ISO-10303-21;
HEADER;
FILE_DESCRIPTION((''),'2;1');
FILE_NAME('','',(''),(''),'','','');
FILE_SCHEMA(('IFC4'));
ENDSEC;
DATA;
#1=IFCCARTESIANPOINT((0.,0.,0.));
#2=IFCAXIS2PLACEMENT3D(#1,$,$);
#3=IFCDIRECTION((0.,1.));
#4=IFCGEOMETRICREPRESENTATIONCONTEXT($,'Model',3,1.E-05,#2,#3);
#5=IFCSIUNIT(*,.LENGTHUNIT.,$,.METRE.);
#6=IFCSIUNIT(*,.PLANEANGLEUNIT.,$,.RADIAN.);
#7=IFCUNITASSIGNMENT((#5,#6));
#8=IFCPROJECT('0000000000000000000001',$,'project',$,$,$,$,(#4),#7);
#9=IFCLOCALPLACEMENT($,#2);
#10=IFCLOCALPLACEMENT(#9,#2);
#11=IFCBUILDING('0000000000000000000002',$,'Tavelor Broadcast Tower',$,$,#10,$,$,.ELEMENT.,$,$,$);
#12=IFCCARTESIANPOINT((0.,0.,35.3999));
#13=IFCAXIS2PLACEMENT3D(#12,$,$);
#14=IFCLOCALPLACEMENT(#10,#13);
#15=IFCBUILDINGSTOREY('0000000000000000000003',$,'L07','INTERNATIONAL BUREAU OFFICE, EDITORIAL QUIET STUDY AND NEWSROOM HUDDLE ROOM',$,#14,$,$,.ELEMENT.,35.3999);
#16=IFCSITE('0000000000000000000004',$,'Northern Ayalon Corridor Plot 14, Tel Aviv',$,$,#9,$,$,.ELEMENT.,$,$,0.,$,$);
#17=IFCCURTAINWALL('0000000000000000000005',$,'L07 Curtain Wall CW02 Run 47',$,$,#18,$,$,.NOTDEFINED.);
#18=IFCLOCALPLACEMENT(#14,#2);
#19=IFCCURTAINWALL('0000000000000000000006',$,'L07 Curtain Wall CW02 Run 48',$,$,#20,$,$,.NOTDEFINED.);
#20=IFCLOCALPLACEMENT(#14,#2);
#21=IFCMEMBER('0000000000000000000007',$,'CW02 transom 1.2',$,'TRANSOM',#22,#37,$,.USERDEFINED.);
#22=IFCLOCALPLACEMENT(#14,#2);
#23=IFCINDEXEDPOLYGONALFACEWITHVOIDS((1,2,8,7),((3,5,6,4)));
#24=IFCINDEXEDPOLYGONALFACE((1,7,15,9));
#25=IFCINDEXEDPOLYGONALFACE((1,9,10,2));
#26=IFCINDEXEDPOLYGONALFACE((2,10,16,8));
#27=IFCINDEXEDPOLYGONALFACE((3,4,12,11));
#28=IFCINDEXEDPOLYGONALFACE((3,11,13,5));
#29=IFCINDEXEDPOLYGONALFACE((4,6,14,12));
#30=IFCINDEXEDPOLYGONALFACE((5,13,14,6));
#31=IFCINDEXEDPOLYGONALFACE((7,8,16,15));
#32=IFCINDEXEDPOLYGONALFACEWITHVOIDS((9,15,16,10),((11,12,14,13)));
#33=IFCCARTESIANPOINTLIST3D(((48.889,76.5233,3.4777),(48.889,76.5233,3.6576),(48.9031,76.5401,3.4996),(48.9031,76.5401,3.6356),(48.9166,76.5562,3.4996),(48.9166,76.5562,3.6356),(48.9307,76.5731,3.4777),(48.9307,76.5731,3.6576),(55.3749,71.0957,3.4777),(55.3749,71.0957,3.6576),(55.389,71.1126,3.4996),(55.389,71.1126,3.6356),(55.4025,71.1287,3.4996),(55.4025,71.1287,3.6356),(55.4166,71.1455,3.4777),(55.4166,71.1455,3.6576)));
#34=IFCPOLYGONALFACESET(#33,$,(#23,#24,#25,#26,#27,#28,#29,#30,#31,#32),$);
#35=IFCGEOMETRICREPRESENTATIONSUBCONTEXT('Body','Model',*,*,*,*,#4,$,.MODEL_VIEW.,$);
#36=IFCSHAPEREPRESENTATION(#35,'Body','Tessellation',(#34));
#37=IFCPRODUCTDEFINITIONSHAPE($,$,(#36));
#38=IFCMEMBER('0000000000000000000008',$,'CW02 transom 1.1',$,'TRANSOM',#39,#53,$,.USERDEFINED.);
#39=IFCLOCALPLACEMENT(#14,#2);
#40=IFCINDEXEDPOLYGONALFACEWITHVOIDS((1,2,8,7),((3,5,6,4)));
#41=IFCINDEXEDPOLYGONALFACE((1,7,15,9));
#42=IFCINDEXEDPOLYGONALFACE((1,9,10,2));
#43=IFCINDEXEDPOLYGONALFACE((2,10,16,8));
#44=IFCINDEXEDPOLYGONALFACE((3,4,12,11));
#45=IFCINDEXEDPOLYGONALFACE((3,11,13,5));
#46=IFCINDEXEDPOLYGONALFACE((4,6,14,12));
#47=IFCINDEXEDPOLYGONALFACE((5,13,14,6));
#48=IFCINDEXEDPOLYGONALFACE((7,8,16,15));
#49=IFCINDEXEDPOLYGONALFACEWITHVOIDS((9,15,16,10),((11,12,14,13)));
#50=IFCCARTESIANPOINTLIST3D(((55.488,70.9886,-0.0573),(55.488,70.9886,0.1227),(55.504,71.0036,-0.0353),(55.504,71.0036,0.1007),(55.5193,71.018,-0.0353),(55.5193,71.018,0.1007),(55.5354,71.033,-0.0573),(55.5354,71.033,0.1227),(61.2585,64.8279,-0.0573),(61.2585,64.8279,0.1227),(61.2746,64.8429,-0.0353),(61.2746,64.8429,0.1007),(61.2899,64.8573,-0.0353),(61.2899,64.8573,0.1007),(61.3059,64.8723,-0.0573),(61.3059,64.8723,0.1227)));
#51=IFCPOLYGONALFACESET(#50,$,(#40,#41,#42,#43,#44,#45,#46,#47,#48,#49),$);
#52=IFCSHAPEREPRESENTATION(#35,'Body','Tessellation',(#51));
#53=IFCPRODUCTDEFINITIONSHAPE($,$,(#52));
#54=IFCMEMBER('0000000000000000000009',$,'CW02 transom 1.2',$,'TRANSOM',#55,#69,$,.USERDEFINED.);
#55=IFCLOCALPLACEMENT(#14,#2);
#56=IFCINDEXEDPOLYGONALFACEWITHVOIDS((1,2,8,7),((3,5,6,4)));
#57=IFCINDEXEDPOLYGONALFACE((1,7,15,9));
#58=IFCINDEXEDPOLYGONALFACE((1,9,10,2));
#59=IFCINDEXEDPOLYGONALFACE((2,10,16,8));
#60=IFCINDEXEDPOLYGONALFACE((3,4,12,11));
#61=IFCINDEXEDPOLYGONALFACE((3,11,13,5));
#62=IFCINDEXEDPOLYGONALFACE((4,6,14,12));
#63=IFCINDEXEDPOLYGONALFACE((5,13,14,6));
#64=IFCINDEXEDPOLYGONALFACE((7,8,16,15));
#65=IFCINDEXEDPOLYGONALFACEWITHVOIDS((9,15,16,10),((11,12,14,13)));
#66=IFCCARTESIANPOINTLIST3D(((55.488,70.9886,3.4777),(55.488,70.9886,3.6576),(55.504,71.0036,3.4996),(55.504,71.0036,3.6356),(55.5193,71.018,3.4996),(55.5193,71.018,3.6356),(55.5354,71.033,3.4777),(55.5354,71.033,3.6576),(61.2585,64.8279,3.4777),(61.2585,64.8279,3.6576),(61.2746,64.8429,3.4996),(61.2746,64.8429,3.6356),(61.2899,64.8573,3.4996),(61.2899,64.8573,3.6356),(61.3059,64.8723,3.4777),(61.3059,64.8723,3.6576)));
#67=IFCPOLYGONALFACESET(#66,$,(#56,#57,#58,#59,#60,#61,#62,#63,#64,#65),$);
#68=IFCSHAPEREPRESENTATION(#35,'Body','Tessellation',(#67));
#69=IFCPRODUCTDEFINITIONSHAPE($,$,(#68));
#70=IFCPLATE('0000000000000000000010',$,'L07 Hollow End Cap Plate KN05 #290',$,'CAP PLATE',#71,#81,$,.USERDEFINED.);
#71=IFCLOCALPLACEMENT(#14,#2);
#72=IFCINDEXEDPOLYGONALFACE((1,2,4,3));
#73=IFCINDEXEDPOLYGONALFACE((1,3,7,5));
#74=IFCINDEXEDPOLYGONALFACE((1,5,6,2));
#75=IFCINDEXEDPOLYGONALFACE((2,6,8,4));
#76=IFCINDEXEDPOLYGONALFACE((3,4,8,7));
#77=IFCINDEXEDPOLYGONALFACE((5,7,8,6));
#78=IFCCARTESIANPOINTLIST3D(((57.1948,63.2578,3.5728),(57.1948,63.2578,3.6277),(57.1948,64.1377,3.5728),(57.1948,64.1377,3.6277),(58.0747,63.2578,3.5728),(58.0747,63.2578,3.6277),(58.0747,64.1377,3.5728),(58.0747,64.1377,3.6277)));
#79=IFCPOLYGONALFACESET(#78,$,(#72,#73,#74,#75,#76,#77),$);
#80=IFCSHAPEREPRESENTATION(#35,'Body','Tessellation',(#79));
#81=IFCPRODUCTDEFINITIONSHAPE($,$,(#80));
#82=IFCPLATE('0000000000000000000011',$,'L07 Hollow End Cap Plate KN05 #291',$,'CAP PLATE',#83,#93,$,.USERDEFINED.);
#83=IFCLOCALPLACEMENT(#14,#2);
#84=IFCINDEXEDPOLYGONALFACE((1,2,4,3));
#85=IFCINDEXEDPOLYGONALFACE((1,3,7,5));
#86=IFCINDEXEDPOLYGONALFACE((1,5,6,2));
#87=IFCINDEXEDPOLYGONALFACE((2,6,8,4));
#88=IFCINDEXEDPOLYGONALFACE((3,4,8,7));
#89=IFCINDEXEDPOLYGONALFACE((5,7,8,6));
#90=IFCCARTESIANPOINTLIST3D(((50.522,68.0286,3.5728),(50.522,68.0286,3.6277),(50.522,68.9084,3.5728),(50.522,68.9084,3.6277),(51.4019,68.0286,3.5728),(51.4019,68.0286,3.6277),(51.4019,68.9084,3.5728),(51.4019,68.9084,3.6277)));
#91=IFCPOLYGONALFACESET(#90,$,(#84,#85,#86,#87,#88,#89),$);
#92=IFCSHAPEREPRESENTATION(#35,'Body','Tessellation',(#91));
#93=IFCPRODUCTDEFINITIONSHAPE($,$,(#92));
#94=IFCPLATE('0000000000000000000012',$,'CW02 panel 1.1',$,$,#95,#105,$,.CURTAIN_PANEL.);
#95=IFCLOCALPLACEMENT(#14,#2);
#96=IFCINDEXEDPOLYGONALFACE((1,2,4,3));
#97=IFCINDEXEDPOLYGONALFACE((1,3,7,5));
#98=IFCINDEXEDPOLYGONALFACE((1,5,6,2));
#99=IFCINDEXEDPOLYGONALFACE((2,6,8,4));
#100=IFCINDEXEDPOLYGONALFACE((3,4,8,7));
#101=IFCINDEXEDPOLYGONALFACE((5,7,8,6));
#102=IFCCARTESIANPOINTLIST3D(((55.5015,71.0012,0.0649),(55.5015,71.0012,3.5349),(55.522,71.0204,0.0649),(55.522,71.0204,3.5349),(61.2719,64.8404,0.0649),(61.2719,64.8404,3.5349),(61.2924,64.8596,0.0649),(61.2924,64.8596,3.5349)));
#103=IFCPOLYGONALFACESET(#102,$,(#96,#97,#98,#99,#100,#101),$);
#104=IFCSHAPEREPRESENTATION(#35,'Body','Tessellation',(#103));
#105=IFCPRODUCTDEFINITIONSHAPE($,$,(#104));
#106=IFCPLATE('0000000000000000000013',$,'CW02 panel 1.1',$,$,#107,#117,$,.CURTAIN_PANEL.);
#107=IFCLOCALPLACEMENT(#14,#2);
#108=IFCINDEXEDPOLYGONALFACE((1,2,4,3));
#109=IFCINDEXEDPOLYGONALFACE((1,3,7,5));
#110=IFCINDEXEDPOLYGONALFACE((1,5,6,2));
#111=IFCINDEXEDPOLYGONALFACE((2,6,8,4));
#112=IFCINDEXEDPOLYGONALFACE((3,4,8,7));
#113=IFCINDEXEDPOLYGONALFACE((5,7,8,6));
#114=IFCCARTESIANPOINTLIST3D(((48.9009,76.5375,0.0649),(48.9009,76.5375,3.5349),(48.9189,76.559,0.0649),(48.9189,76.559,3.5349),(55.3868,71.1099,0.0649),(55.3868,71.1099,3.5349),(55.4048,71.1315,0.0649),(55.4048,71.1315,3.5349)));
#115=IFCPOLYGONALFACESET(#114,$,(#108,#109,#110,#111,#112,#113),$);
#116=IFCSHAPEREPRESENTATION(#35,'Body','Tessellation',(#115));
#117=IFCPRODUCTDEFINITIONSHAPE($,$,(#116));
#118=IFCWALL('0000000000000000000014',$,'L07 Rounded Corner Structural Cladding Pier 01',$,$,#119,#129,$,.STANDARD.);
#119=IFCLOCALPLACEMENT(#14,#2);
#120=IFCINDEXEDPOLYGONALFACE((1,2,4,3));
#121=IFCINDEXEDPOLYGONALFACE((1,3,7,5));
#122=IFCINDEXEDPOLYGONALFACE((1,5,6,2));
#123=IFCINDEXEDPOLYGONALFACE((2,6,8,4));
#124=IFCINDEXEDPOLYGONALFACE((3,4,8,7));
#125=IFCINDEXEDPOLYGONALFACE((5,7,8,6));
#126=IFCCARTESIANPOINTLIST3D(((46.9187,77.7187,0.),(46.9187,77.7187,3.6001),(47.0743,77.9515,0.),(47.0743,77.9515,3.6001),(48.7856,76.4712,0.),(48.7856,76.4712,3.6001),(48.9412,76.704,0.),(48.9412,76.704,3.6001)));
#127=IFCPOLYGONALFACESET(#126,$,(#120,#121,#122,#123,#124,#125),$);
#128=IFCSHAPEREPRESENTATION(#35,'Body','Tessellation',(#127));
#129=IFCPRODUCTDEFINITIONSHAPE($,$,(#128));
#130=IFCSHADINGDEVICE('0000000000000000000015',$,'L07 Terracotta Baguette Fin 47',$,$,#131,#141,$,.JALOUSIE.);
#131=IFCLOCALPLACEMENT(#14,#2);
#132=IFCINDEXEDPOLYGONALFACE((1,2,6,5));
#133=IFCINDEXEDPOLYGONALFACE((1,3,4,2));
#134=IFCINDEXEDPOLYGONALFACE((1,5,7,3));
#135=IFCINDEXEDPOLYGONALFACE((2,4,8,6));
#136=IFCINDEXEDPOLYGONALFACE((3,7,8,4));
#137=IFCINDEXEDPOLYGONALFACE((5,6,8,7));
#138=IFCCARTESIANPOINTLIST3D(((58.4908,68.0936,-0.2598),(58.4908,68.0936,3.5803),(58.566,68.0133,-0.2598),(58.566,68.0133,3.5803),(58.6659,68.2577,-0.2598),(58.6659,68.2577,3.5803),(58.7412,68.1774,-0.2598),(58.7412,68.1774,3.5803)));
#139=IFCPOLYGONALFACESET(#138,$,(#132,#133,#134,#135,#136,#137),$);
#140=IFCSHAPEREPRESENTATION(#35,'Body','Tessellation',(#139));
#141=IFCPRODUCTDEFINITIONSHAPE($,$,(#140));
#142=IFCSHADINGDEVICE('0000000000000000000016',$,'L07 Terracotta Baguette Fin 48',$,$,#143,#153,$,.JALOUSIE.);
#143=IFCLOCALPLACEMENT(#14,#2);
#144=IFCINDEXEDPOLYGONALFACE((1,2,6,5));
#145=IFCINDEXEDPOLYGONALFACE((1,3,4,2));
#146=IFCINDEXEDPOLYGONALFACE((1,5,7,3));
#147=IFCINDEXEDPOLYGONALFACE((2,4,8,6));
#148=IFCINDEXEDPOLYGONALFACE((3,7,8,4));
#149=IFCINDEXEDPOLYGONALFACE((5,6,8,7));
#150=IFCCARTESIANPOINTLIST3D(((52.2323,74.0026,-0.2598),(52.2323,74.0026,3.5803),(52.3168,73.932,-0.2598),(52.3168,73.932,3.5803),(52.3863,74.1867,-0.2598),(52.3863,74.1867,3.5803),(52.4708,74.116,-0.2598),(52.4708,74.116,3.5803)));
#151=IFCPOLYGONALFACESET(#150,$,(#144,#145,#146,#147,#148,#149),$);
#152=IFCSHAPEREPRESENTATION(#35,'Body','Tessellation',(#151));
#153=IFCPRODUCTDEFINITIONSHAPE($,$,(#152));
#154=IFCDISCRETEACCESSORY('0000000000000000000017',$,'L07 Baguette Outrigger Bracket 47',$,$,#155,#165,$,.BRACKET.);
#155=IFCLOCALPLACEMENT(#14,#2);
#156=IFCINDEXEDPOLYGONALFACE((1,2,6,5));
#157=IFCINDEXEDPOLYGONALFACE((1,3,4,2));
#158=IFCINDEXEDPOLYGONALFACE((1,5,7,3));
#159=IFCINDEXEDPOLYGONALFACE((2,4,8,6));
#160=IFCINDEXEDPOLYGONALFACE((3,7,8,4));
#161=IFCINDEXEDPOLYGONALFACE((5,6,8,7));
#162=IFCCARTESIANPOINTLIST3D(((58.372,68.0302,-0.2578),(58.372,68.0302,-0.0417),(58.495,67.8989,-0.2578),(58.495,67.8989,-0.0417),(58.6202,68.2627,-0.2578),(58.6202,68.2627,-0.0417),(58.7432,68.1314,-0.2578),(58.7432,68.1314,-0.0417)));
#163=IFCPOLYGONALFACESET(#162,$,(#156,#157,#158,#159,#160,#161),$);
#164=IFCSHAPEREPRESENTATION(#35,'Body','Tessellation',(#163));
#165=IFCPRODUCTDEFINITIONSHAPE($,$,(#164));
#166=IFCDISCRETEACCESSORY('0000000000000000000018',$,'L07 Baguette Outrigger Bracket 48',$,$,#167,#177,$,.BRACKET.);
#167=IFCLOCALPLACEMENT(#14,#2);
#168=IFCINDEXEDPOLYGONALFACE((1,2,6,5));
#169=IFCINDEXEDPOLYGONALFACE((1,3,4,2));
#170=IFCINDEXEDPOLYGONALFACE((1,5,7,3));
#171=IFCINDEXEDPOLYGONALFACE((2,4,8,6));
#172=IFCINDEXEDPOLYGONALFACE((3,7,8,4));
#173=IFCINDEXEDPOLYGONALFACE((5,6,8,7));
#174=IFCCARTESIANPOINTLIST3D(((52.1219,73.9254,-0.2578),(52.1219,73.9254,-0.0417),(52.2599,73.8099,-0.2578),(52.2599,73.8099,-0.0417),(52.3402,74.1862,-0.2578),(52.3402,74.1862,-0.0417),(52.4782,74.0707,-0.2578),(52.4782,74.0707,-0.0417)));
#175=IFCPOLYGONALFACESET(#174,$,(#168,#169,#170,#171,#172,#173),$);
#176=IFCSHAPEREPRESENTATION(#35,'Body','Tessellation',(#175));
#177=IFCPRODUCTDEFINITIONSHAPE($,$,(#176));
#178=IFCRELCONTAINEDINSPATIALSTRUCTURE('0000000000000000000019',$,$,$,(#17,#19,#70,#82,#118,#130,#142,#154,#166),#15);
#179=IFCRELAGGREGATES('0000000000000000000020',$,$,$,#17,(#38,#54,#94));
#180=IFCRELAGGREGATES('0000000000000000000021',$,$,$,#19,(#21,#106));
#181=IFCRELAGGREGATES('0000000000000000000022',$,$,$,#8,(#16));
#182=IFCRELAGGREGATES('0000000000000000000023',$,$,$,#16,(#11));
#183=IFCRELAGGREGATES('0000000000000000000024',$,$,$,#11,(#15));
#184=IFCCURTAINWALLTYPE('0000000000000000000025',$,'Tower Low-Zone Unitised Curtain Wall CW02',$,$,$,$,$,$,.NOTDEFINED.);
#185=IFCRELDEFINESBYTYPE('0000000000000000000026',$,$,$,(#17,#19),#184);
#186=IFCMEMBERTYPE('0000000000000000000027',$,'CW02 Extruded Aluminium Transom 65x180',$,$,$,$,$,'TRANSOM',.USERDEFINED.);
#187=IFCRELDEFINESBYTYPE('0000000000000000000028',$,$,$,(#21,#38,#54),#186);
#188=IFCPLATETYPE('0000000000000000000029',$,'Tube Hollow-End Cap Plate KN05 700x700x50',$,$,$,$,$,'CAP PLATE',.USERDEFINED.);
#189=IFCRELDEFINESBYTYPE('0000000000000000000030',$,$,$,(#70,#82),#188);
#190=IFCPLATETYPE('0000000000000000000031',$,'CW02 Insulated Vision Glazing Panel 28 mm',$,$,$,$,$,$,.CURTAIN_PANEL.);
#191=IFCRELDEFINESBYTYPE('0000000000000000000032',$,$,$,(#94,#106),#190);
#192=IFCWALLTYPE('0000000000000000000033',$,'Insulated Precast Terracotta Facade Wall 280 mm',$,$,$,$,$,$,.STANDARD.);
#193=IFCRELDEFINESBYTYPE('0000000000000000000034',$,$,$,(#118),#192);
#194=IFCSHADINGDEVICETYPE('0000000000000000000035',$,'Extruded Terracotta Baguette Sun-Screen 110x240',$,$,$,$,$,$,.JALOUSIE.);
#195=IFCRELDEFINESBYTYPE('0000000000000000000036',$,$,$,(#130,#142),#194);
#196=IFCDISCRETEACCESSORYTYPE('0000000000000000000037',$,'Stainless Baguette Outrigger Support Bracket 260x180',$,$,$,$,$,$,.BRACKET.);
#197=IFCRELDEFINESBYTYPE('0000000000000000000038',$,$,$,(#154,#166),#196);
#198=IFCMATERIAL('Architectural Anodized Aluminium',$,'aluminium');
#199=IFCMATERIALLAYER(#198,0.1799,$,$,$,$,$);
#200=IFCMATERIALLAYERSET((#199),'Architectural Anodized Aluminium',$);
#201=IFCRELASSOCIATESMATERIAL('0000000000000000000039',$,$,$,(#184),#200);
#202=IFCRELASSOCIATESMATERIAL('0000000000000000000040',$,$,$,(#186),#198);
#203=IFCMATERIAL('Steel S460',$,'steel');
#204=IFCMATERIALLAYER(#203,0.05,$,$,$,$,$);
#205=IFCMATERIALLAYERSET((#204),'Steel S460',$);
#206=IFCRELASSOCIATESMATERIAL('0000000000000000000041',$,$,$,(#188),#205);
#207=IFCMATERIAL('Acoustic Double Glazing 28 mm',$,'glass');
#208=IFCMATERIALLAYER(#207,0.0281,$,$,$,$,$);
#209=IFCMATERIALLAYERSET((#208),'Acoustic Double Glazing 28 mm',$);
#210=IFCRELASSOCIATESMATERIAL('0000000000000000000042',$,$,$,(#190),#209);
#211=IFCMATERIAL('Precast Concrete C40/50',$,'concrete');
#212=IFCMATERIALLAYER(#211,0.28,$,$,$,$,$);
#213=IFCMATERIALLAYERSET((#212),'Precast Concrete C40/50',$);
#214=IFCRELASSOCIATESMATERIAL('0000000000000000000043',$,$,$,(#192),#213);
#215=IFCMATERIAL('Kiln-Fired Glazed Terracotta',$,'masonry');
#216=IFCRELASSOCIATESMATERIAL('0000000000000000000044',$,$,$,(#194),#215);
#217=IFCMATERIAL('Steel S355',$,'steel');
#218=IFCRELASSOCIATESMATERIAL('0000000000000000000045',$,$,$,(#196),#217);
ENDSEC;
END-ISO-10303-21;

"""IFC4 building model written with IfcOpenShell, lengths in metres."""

from ifc_helpers import new_model, si_unit, direction, frame, frame_2d, origin, origin_2d, place, context, subcontext, project, spatial, rectangle, hollow_rectangle, extrude, source, transform, mapped, material, layer, layer_set, material_profile, profile_set, type_object, type_shapes, element, aggregate, save


model = new_model("IFC4")

# Units and contexts
model_context = context("Model", 3, precision=1e-05, world=origin(), true_north=direction((0.0, 1.0)))
body_context = subcontext(model_context, "Body", "Model", "MODEL_VIEW")
ifc_project = project(units=[si_unit("LENGTHUNIT", "METRE"), si_unit("PLANEANGLEUNIT", "RADIAN")], contexts=[model_context])

# Site, building, storey
site_placement = place(None, origin())
site = spatial("IfcSite", under=ifc_project, at=site_placement, Name="Northern Ayalon Corridor Plot 14, Tel Aviv", CompositionType="ELEMENT", RefElevation=0.0)
building_placement = place(site_placement, origin())
building = spatial("IfcBuilding", under=site, at=building_placement, Name="Tavelor Broadcast Tower", CompositionType="ELEMENT")
storey_placement = place(building_placement, frame((0.0, 0.0, 35.3999)))
storey = spatial("IfcBuildingStorey", under=building, at=storey_placement, Name="L07", Description="INTERNATIONAL BUREAU OFFICE, EDITORIAL QUIET STUDY AND NEWSROOM HUDDLE ROOM", CompositionType="ELEMENT", Elevation=35.3999)

# Shared definitions
ifc_material_1 = material(Name="Steel S460", Category="steel")

# Shared definitions
ifc_material_2 = material(Name="Steel S355", Category="steel")

# Shared definitions
ifc_material_3 = material(Name="Architectural Anodized Aluminium", Category="aluminium")
ifc_layer_1 = layer(ifc_material_3, 0.1799)
ifc_layer_set_1 = layer_set([ifc_layer_1], Name="Architectural Anodized Aluminium")
curtain_wall_type = type_object("IfcCurtainWallType", Name="Tower Low-Zone Unitised Curtain Wall CW02", PredefinedType="NOTDEFINED", material=ifc_layer_set_1)

# Curtain walls, member
curtain_wall_1_placement = place(storey_placement, origin())
curtain_wall_1 = element("IfcCurtainWall", 1, at=curtain_wall_1_placement, inside=storey, type_object=curtain_wall_type, Name="L07 Curtain Wall CW02 Run 47", PredefinedType="NOTDEFINED")
curtain_wall_2_placement = place(storey_placement, origin())
curtain_wall_2 = element("IfcCurtainWall", 2, at=curtain_wall_2_placement, inside=storey, type_object=curtain_wall_type, Name="L07 Curtain Wall CW02 Run 48", PredefinedType="NOTDEFINED")
ifc_material_profile_1 = material_profile(ifc_material_3, hollow_rectangle(XDim=0.0649, YDim=0.1799, WallThickness=0.022, at=origin_2d()), Name="RHS 65x180x22")
ifc_profile_set_1 = profile_set([ifc_material_profile_1], Name="Architectural Anodized Aluminium")
member_type_1 = type_object("IfcMemberType", Name="CW02 Extruded Aluminium Transom 65x180", ElementType="TRANSOM", PredefinedType="USERDEFINED", material=ifc_profile_set_1)
shared_shape_1 = source(origin(), body_context, "Body", "SweptSolid", [
    extrude(hollow_rectangle(XDim=0.0649, YDim=0.1799, WallThickness=0.022, at=origin_2d()), origin(), (0.0, 0.0, 1.0), 8.4573),
])
member_1_placement = place(storey_placement, frame((55.3958, 71.1206, 3.5676), z_axis=(-0.766904, 0.641762, 0.0), x_axis=(-0.641762, -0.766904, 0.0)))
member_1 = element("IfcMember", 3, at=member_1_placement, type_object=member_type_1, Name="CW02 transom 1.2", ObjectType="TRANSOM", PredefinedType="USERDEFINED", context=body_context, shape_type="MappedRepresentation", body=[
    mapped(shared_shape_1, transform((0.0, 0.0, 0.0), scale=1.0)),
])

# Members
shared_shape_2 = source(origin(), body_context, "Body", "SweptSolid", [
    extrude(hollow_rectangle(XDim=0.0649, YDim=0.1799, WallThickness=0.022, at=origin_2d()), origin(), (0.0, 0.0, 1.0), 8.4412),
])
type_shapes(member_type_1, [shared_shape_1, shared_shape_2])
member_2_placement = place(storey_placement, frame((61.2822, 64.8501, 0.0327), z_axis=(-0.68362, 0.729838, 0.0), x_axis=(-0.729838, -0.68362, 0.0)))
member_2 = element("IfcMember", 4, at=member_2_placement, type_object=member_type_1, Name="CW02 transom 1.1", ObjectType="TRANSOM", PredefinedType="USERDEFINED", context=body_context, shape_type="MappedRepresentation", body=[
    mapped(shared_shape_2, transform((0.0, 0.0, 0.0), scale=1.0)),
])
member_3_placement = place(storey_placement, frame((61.2822, 64.8501, 3.5676), z_axis=(-0.68362, 0.729838, 0.0), x_axis=(-0.729838, -0.68362, 0.0)))
member_3 = element("IfcMember", 5, at=member_3_placement, type_object=member_type_1, Name="CW02 transom 1.2", ObjectType="TRANSOM", PredefinedType="USERDEFINED", context=body_context, shape_type="MappedRepresentation", body=[
    mapped(shared_shape_2, transform((0.0, 0.0, 0.0), scale=1.0)),
])

# Plates
ifc_layer_2 = layer(ifc_material_1, 0.05)
ifc_layer_set_2 = layer_set([ifc_layer_2], Name="Steel S460")
plate_type_1 = type_object("IfcPlateType", Name="Tube Hollow-End Cap Plate KN05 700x700x50", ElementType="CAP PLATE", PredefinedType="USERDEFINED", material=ifc_layer_set_2)
shared_shape_3 = source(origin(), body_context, "Body", "SweptSolid", [
    extrude(rectangle(XDim=0.8799, YDim=0.8799, at=origin_2d()), origin(), (0.0, 0.0, 1.0), 0.0549),
])
type_shapes(plate_type_1, [shared_shape_3])
for number, where, z_axis, x_axis, name in (
    (6, (57.6348, 63.6978, 3.5728), (0.0, 0.0, 1.0), (1.0, 0.0, 0.0), "L07 Hollow End Cap Plate KN05 #290"),
    (7, (50.9619, 68.4685, 3.5728), (0.0, 0.0, 1.0), (1.0, 0.0, 0.0), "L07 Hollow End Cap Plate KN05 #291"),
):
    element("IfcPlate", number, at=place(storey_placement, frame(where, z_axis=z_axis, x_axis=x_axis)), inside=storey, type_object=plate_type_1, Name=name, ObjectType="CAP PLATE", PredefinedType="USERDEFINED", context=body_context, shape_type="MappedRepresentation", body=[
        mapped(shared_shape_3, transform((0.0, 0.0, 0.0), scale=1.0)),
    ])

# Plates
ifc_material_4 = material(Name="Acoustic Double Glazing 28 mm", Category="glass")
ifc_layer_3 = layer(ifc_material_4, 0.0281)
ifc_layer_set_3 = layer_set([ifc_layer_3], Name="Acoustic Double Glazing 28 mm")
plate_type_2 = type_object("IfcPlateType", Name="CW02 Insulated Vision Glazing Panel 28 mm", PredefinedType="CURTAIN_PANEL", material=ifc_layer_set_3)
shared_shape_4 = source(origin(), body_context, "Body", "SweptSolid", [
    extrude(rectangle(XDim=8.4412, YDim=0.0281, at=origin_2d()), origin(), (0.0, 0.0, 1.0), 3.47),
])
plate_1_placement = place(storey_placement, frame((58.397, 67.9304, 0.0649), z_axis=(0.0, 0.0, 1.0), x_axis=(-0.683605, 0.729853, 0.0)))
plate_1 = element("IfcPlate", 8, at=plate_1_placement, type_object=plate_type_2, Name="CW02 panel 1.1", PredefinedType="CURTAIN_PANEL", context=body_context, shape_type="MappedRepresentation", body=[
    mapped(shared_shape_4, transform((0.0, 0.0, 0.0), scale=1.0)),
])
aggregate(curtain_wall_1, [member_2, member_3, plate_1])
shared_shape_5 = source(origin(), body_context, "Body", "SweptSolid", [
    extrude(rectangle(XDim=8.4573, YDim=0.0281, at=origin_2d()), origin(), (0.0, 0.0, 1.0), 3.47),
])
type_shapes(plate_type_2, [shared_shape_4, shared_shape_5])
plate_2_placement = place(storey_placement, frame((52.1528, 73.8345, 0.0649), z_axis=(0.0, 0.0, 1.0), x_axis=(-0.766902, 0.641764, 0.0)))
plate_2 = element("IfcPlate", 9, at=plate_2_placement, type_object=plate_type_2, Name="CW02 panel 1.1", PredefinedType="CURTAIN_PANEL", context=body_context, shape_type="MappedRepresentation", body=[
    mapped(shared_shape_5, transform((0.0, 0.0, 0.0), scale=1.0)),
])
aggregate(curtain_wall_2, [member_1, plate_2])

# Wall
ifc_material_5 = material(Name="Precast Concrete C40/50", Category="concrete")
ifc_layer_4 = layer(ifc_material_5, 0.28)
ifc_layer_set_4 = layer_set([ifc_layer_4], Name="Precast Concrete C40/50")
wall_type = type_object("IfcWallType", Name="Insulated Precast Terracotta Facade Wall 280 mm", PredefinedType="STANDARD", material=ifc_layer_set_4)
wall_placement = place(storey_placement, frame((48.8633, 76.5876, 0.0), z_axis=(0.0, 0.0, 1.0), x_axis=(-0.831448, 0.555603, 0.0)))
element("IfcWall", 10, at=wall_placement, inside=storey, type_object=wall_type, Name="L07 Rounded Corner Structural Cladding Pier 01", PredefinedType="STANDARD", context=body_context, shape_type="SweptSolid", body=[
    extrude(rectangle(XDim=2.2454, YDim=0.28, at=frame_2d((1.1226, 0.0))), origin(), (0.0, 0.0, 1.0), 3.6001),
])

# Shading devices
ifc_material_6 = material(Name="Kiln-Fired Glazed Terracotta", Category="masonry")
shading_device_type = type_object("IfcShadingDeviceType", Name="Extruded Terracotta Baguette Sun-Screen 110x240", PredefinedType="JALOUSIE", material=ifc_material_6)
shared_shape_6 = source(origin(), body_context, "Body", "SweptSolid", [
    extrude(rectangle(XDim=0.1101, YDim=0.24, at=origin_2d()), origin(), (0.0, 0.0, 1.0), 3.8401),
])
type_shapes(shading_device_type, [shared_shape_6])
for number, where, z_axis, x_axis, name in (
    (11, (58.616, 68.1355, -0.2598), (0.0, 0.0, 1.0), (-0.683656, 0.729804, 0.0), "L07 Terracotta Baguette Fin 47"),
    (12, (52.3516, 74.0593, -0.2598), (0.0, 0.0, 1.0), (-0.766941, 0.641717, 0.0), "L07 Terracotta Baguette Fin 48"),
):
    element("IfcShadingDevice", number, at=place(storey_placement, frame(where, z_axis=z_axis, x_axis=x_axis)), inside=storey, type_object=shading_device_type, Name=name, PredefinedType="JALOUSIE", context=body_context, shape_type="MappedRepresentation", body=[
        mapped(shared_shape_6, transform((0.0, 0.0, 0.0), scale=1.0)),
    ])

# Discrete accessories
discrete_accessory_type = type_object("IfcDiscreteAccessoryType", Name="Stainless Baguette Outrigger Support Bracket 260x180", PredefinedType="BRACKET", material=ifc_material_2)
shared_shape_7 = source(origin(), body_context, "Body", "SweptSolid", [
    extrude(rectangle(XDim=0.1799, YDim=0.3401, at=origin_2d()), origin(), (0.0, 0.0, 1.0), 0.2161),
])
type_shapes(discrete_accessory_type, [shared_shape_7])
for number, where, z_axis, x_axis, name in (
    (13, (58.5576, 68.0808, -0.2578), (0.0, 0.0, 1.0), (-0.683656, 0.729804, 0.0), "L07 Baguette Outrigger Bracket 47"),
    (14, (52.3, 73.998, -0.2578), (0.0, 0.0, 1.0), (-0.766941, 0.641717, 0.0), "L07 Baguette Outrigger Bracket 48"),
):
    element("IfcDiscreteAccessory", number, at=place(storey_placement, frame(where, z_axis=z_axis, x_axis=x_axis)), inside=storey, type_object=discrete_accessory_type, Name=name, PredefinedType="BRACKET", context=body_context, shape_type="MappedRepresentation", body=[
        mapped(shared_shape_7, transform((0.0, 0.0, 0.0), scale=1.0)),
    ])

save(model, "model.ifc")
